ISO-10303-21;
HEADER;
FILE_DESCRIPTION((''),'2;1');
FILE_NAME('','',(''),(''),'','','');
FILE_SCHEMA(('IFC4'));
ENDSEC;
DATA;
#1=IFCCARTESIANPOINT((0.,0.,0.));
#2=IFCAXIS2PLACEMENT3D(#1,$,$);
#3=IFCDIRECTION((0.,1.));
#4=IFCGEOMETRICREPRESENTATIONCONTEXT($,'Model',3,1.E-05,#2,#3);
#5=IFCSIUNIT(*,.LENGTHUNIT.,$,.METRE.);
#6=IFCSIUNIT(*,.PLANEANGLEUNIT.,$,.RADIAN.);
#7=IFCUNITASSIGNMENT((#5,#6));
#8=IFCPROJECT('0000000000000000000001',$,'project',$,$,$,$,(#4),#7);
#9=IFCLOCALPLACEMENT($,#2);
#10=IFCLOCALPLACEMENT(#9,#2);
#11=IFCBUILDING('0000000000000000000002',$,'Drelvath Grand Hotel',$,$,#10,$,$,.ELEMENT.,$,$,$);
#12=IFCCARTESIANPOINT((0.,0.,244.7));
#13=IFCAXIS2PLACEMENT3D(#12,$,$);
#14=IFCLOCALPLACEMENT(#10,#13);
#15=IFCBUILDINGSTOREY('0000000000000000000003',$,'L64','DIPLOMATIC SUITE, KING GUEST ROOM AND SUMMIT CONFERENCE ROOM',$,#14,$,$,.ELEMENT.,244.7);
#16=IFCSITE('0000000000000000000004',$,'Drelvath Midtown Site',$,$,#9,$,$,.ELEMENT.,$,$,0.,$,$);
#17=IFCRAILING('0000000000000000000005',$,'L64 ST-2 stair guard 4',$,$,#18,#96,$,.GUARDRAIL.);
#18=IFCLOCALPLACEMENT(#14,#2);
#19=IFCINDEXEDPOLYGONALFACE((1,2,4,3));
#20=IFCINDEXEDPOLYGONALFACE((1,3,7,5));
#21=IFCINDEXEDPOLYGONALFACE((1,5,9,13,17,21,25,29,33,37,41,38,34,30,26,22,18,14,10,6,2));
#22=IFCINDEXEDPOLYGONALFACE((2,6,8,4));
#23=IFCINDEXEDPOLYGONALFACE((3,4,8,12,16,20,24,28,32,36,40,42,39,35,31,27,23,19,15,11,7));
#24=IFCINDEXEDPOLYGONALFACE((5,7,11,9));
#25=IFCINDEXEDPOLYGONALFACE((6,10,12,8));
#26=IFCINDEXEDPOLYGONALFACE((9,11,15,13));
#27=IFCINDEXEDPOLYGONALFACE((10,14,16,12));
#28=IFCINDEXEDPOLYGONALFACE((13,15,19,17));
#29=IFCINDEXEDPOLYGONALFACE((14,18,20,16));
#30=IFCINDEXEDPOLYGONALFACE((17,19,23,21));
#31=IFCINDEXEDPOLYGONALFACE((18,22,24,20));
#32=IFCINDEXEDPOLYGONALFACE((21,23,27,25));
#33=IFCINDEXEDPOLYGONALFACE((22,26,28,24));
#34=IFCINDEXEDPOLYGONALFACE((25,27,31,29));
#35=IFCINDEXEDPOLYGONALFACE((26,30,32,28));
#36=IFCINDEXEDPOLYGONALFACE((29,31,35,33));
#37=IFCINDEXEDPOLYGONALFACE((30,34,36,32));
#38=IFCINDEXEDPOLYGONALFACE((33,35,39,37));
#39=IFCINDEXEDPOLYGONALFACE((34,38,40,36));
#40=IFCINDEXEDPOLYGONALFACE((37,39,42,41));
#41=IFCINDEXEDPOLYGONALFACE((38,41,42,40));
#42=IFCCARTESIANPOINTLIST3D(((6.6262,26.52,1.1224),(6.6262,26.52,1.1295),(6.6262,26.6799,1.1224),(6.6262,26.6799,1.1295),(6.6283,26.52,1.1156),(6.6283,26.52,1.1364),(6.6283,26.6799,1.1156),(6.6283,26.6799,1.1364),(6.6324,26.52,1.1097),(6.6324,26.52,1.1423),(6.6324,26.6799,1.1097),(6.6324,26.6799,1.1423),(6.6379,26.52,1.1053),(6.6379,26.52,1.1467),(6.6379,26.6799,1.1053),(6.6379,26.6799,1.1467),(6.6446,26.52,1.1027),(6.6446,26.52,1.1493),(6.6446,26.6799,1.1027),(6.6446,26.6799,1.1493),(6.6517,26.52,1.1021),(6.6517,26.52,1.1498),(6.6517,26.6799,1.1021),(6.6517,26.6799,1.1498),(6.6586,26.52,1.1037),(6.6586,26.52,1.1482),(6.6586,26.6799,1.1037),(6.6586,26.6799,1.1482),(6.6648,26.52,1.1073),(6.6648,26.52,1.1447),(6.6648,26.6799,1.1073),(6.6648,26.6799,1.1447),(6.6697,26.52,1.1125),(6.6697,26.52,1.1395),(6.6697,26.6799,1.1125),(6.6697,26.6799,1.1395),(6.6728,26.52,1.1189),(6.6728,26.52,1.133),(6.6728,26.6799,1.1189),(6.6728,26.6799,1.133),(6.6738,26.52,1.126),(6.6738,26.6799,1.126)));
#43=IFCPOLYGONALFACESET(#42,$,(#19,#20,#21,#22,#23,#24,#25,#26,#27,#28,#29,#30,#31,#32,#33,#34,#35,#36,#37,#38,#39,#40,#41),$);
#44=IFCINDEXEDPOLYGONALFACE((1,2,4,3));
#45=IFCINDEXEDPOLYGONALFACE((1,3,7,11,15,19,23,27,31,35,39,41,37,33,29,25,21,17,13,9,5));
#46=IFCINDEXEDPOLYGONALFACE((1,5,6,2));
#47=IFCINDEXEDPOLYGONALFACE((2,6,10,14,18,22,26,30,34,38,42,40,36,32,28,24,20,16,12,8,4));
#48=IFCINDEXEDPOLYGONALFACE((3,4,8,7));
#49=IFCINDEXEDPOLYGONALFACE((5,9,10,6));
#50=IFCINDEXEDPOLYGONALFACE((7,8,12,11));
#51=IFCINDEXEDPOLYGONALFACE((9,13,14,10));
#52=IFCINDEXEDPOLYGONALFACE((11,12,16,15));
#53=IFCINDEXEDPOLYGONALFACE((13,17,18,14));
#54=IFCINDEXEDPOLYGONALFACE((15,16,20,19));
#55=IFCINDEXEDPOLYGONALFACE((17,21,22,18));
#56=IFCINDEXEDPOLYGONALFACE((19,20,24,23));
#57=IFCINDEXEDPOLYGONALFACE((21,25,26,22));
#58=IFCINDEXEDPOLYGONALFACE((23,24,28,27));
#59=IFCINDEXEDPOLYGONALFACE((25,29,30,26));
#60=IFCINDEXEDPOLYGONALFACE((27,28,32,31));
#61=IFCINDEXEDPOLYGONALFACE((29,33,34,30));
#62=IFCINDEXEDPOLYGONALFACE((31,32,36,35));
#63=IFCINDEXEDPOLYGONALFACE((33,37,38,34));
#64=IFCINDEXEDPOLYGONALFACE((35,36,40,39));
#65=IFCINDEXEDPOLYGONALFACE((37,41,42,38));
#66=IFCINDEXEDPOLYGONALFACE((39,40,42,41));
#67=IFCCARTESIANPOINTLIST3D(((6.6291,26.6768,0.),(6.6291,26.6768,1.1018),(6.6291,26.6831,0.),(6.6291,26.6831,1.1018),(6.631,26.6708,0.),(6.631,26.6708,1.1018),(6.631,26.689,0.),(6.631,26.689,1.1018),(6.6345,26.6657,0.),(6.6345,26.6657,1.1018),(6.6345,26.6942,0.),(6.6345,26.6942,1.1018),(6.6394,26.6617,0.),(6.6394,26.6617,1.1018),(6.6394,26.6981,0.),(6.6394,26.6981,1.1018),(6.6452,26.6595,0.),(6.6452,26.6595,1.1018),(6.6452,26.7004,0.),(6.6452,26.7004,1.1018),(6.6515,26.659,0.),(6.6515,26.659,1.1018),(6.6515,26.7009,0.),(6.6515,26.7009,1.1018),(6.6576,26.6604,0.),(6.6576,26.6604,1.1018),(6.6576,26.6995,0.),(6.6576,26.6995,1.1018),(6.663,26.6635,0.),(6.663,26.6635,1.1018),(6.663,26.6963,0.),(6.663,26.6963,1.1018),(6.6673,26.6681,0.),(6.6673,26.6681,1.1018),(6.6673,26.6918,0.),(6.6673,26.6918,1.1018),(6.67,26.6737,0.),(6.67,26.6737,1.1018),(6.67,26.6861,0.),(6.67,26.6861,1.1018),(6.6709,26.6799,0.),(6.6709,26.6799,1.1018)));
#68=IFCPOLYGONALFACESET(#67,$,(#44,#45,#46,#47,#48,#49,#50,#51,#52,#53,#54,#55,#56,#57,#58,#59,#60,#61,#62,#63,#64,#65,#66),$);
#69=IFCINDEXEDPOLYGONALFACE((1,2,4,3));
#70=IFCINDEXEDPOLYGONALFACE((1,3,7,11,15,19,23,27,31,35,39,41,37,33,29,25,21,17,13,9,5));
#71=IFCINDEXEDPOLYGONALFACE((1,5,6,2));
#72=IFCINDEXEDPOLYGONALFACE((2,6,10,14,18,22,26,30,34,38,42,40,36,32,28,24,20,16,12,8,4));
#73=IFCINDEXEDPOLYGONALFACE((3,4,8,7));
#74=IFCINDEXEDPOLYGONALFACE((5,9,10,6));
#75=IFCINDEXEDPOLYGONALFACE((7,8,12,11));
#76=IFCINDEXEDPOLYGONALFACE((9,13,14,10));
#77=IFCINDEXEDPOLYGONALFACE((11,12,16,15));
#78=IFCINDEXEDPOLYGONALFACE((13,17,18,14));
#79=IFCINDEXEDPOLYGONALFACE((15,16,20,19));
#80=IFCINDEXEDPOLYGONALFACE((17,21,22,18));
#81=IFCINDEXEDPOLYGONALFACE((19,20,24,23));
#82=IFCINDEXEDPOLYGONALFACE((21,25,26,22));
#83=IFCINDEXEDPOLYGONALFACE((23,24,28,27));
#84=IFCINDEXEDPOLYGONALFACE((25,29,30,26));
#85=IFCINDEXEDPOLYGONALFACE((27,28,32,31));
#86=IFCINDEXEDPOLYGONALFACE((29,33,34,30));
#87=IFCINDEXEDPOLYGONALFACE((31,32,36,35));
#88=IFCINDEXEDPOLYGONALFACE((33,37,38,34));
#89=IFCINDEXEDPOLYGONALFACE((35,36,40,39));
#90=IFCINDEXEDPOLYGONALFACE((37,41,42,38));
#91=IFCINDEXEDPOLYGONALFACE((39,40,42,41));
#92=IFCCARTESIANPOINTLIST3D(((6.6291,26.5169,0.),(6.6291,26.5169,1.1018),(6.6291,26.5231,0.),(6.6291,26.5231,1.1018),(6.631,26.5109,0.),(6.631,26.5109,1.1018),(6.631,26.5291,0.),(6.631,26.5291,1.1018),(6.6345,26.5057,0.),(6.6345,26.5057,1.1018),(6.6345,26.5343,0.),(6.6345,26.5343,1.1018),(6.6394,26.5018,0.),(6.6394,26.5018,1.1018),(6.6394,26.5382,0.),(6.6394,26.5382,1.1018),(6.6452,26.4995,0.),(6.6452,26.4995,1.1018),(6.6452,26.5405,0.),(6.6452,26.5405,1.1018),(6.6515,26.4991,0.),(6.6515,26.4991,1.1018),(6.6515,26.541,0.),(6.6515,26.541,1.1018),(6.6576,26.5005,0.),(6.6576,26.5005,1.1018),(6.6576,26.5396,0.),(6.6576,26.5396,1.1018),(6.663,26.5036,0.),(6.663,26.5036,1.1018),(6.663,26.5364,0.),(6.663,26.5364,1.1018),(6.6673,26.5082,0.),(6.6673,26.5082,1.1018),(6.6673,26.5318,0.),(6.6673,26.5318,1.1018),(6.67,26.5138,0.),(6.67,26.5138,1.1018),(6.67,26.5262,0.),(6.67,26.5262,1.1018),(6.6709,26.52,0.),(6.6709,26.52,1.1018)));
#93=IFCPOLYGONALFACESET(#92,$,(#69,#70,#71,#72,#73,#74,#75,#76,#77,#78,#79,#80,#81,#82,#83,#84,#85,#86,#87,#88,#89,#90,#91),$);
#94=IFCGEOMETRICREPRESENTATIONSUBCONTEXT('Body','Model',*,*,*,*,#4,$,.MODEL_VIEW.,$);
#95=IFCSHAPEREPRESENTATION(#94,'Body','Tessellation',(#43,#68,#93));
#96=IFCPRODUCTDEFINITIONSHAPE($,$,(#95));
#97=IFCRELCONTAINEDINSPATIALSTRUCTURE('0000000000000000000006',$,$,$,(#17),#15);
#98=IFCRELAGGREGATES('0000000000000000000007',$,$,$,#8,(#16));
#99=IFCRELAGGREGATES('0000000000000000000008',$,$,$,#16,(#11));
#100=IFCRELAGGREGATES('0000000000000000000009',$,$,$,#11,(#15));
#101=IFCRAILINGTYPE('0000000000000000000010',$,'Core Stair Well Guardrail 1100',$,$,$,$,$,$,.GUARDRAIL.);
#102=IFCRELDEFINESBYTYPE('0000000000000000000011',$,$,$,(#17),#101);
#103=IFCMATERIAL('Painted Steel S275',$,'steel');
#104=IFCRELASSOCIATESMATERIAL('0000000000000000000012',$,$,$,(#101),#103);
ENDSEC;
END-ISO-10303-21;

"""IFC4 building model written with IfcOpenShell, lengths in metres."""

from ifc_helpers import new_model, si_unit, direction, frame, origin, origin_2d, place, context, subcontext, project, spatial, circle, extrude, material, type_object, element, save


model = new_model("IFC4")

# Units and contexts
model_context = context("Model", 3, precision=1e-05, world=origin(), true_north=direction((0.0, 1.0)))
body_context = subcontext(model_context, "Body", "Model", "MODEL_VIEW")
ifc_project = project(units=[si_unit("LENGTHUNIT", "METRE"), si_unit("PLANEANGLEUNIT", "RADIAN")], contexts=[model_context])

# Site, building, storey
site_placement = place(None, origin())
site = spatial("IfcSite", under=ifc_project, at=site_placement, Name="Drelvath Midtown Site", CompositionType="ELEMENT", RefElevation=0.0)
building_placement = place(site_placement, origin())
building = spatial("IfcBuilding", under=site, at=building_placement, Name="Drelvath Grand Hotel", CompositionType="ELEMENT")
storey_placement = place(building_placement, frame((0.0, 0.0, 244.7)))
storey = spatial("IfcBuildingStorey", under=building, at=storey_placement, Name="L64", Description="DIPLOMATIC SUITE, KING GUEST ROOM AND SUMMIT CONFERENCE ROOM", CompositionType="ELEMENT", Elevation=244.7)

# Railing
ifc_material_1 = material(Name="Painted Steel S275", Category="steel")
railing_type_1 = type_object("IfcRailingType", Name="Core Stair Well Guardrail 1100", PredefinedType="GUARDRAIL", material=ifc_material_1)
railing_1_placement = place(storey_placement, frame((6.6499, 26.6799, 0.0)))
element("IfcRailing", 1, at=railing_1_placement, inside=storey, type_object=railing_type_1, Name="L64 ST-2 stair guard 4", PredefinedType="GUARDRAIL", context=body_context, shape_type="SweptSolid", body=[
    extrude(circle(Radius=0.0239, at=origin_2d()), frame((0.0, 0.0, 1.126), z_axis=(0.0, -1.0, 0.0), x_axis=(1.0, 0.0, 0.0)), (0.0, 0.0, 1.0), 0.1599),
    extrude(circle(Radius=0.021, at=origin_2d()), origin(), (0.0, 0.0, 1.0), 1.1018),
    extrude(circle(Radius=0.021, at=origin_2d()), frame((0.0, -0.1599, 0.0)), (0.0, 0.0, 1.0), 1.1018),
])

save(model, "model.ifc")
